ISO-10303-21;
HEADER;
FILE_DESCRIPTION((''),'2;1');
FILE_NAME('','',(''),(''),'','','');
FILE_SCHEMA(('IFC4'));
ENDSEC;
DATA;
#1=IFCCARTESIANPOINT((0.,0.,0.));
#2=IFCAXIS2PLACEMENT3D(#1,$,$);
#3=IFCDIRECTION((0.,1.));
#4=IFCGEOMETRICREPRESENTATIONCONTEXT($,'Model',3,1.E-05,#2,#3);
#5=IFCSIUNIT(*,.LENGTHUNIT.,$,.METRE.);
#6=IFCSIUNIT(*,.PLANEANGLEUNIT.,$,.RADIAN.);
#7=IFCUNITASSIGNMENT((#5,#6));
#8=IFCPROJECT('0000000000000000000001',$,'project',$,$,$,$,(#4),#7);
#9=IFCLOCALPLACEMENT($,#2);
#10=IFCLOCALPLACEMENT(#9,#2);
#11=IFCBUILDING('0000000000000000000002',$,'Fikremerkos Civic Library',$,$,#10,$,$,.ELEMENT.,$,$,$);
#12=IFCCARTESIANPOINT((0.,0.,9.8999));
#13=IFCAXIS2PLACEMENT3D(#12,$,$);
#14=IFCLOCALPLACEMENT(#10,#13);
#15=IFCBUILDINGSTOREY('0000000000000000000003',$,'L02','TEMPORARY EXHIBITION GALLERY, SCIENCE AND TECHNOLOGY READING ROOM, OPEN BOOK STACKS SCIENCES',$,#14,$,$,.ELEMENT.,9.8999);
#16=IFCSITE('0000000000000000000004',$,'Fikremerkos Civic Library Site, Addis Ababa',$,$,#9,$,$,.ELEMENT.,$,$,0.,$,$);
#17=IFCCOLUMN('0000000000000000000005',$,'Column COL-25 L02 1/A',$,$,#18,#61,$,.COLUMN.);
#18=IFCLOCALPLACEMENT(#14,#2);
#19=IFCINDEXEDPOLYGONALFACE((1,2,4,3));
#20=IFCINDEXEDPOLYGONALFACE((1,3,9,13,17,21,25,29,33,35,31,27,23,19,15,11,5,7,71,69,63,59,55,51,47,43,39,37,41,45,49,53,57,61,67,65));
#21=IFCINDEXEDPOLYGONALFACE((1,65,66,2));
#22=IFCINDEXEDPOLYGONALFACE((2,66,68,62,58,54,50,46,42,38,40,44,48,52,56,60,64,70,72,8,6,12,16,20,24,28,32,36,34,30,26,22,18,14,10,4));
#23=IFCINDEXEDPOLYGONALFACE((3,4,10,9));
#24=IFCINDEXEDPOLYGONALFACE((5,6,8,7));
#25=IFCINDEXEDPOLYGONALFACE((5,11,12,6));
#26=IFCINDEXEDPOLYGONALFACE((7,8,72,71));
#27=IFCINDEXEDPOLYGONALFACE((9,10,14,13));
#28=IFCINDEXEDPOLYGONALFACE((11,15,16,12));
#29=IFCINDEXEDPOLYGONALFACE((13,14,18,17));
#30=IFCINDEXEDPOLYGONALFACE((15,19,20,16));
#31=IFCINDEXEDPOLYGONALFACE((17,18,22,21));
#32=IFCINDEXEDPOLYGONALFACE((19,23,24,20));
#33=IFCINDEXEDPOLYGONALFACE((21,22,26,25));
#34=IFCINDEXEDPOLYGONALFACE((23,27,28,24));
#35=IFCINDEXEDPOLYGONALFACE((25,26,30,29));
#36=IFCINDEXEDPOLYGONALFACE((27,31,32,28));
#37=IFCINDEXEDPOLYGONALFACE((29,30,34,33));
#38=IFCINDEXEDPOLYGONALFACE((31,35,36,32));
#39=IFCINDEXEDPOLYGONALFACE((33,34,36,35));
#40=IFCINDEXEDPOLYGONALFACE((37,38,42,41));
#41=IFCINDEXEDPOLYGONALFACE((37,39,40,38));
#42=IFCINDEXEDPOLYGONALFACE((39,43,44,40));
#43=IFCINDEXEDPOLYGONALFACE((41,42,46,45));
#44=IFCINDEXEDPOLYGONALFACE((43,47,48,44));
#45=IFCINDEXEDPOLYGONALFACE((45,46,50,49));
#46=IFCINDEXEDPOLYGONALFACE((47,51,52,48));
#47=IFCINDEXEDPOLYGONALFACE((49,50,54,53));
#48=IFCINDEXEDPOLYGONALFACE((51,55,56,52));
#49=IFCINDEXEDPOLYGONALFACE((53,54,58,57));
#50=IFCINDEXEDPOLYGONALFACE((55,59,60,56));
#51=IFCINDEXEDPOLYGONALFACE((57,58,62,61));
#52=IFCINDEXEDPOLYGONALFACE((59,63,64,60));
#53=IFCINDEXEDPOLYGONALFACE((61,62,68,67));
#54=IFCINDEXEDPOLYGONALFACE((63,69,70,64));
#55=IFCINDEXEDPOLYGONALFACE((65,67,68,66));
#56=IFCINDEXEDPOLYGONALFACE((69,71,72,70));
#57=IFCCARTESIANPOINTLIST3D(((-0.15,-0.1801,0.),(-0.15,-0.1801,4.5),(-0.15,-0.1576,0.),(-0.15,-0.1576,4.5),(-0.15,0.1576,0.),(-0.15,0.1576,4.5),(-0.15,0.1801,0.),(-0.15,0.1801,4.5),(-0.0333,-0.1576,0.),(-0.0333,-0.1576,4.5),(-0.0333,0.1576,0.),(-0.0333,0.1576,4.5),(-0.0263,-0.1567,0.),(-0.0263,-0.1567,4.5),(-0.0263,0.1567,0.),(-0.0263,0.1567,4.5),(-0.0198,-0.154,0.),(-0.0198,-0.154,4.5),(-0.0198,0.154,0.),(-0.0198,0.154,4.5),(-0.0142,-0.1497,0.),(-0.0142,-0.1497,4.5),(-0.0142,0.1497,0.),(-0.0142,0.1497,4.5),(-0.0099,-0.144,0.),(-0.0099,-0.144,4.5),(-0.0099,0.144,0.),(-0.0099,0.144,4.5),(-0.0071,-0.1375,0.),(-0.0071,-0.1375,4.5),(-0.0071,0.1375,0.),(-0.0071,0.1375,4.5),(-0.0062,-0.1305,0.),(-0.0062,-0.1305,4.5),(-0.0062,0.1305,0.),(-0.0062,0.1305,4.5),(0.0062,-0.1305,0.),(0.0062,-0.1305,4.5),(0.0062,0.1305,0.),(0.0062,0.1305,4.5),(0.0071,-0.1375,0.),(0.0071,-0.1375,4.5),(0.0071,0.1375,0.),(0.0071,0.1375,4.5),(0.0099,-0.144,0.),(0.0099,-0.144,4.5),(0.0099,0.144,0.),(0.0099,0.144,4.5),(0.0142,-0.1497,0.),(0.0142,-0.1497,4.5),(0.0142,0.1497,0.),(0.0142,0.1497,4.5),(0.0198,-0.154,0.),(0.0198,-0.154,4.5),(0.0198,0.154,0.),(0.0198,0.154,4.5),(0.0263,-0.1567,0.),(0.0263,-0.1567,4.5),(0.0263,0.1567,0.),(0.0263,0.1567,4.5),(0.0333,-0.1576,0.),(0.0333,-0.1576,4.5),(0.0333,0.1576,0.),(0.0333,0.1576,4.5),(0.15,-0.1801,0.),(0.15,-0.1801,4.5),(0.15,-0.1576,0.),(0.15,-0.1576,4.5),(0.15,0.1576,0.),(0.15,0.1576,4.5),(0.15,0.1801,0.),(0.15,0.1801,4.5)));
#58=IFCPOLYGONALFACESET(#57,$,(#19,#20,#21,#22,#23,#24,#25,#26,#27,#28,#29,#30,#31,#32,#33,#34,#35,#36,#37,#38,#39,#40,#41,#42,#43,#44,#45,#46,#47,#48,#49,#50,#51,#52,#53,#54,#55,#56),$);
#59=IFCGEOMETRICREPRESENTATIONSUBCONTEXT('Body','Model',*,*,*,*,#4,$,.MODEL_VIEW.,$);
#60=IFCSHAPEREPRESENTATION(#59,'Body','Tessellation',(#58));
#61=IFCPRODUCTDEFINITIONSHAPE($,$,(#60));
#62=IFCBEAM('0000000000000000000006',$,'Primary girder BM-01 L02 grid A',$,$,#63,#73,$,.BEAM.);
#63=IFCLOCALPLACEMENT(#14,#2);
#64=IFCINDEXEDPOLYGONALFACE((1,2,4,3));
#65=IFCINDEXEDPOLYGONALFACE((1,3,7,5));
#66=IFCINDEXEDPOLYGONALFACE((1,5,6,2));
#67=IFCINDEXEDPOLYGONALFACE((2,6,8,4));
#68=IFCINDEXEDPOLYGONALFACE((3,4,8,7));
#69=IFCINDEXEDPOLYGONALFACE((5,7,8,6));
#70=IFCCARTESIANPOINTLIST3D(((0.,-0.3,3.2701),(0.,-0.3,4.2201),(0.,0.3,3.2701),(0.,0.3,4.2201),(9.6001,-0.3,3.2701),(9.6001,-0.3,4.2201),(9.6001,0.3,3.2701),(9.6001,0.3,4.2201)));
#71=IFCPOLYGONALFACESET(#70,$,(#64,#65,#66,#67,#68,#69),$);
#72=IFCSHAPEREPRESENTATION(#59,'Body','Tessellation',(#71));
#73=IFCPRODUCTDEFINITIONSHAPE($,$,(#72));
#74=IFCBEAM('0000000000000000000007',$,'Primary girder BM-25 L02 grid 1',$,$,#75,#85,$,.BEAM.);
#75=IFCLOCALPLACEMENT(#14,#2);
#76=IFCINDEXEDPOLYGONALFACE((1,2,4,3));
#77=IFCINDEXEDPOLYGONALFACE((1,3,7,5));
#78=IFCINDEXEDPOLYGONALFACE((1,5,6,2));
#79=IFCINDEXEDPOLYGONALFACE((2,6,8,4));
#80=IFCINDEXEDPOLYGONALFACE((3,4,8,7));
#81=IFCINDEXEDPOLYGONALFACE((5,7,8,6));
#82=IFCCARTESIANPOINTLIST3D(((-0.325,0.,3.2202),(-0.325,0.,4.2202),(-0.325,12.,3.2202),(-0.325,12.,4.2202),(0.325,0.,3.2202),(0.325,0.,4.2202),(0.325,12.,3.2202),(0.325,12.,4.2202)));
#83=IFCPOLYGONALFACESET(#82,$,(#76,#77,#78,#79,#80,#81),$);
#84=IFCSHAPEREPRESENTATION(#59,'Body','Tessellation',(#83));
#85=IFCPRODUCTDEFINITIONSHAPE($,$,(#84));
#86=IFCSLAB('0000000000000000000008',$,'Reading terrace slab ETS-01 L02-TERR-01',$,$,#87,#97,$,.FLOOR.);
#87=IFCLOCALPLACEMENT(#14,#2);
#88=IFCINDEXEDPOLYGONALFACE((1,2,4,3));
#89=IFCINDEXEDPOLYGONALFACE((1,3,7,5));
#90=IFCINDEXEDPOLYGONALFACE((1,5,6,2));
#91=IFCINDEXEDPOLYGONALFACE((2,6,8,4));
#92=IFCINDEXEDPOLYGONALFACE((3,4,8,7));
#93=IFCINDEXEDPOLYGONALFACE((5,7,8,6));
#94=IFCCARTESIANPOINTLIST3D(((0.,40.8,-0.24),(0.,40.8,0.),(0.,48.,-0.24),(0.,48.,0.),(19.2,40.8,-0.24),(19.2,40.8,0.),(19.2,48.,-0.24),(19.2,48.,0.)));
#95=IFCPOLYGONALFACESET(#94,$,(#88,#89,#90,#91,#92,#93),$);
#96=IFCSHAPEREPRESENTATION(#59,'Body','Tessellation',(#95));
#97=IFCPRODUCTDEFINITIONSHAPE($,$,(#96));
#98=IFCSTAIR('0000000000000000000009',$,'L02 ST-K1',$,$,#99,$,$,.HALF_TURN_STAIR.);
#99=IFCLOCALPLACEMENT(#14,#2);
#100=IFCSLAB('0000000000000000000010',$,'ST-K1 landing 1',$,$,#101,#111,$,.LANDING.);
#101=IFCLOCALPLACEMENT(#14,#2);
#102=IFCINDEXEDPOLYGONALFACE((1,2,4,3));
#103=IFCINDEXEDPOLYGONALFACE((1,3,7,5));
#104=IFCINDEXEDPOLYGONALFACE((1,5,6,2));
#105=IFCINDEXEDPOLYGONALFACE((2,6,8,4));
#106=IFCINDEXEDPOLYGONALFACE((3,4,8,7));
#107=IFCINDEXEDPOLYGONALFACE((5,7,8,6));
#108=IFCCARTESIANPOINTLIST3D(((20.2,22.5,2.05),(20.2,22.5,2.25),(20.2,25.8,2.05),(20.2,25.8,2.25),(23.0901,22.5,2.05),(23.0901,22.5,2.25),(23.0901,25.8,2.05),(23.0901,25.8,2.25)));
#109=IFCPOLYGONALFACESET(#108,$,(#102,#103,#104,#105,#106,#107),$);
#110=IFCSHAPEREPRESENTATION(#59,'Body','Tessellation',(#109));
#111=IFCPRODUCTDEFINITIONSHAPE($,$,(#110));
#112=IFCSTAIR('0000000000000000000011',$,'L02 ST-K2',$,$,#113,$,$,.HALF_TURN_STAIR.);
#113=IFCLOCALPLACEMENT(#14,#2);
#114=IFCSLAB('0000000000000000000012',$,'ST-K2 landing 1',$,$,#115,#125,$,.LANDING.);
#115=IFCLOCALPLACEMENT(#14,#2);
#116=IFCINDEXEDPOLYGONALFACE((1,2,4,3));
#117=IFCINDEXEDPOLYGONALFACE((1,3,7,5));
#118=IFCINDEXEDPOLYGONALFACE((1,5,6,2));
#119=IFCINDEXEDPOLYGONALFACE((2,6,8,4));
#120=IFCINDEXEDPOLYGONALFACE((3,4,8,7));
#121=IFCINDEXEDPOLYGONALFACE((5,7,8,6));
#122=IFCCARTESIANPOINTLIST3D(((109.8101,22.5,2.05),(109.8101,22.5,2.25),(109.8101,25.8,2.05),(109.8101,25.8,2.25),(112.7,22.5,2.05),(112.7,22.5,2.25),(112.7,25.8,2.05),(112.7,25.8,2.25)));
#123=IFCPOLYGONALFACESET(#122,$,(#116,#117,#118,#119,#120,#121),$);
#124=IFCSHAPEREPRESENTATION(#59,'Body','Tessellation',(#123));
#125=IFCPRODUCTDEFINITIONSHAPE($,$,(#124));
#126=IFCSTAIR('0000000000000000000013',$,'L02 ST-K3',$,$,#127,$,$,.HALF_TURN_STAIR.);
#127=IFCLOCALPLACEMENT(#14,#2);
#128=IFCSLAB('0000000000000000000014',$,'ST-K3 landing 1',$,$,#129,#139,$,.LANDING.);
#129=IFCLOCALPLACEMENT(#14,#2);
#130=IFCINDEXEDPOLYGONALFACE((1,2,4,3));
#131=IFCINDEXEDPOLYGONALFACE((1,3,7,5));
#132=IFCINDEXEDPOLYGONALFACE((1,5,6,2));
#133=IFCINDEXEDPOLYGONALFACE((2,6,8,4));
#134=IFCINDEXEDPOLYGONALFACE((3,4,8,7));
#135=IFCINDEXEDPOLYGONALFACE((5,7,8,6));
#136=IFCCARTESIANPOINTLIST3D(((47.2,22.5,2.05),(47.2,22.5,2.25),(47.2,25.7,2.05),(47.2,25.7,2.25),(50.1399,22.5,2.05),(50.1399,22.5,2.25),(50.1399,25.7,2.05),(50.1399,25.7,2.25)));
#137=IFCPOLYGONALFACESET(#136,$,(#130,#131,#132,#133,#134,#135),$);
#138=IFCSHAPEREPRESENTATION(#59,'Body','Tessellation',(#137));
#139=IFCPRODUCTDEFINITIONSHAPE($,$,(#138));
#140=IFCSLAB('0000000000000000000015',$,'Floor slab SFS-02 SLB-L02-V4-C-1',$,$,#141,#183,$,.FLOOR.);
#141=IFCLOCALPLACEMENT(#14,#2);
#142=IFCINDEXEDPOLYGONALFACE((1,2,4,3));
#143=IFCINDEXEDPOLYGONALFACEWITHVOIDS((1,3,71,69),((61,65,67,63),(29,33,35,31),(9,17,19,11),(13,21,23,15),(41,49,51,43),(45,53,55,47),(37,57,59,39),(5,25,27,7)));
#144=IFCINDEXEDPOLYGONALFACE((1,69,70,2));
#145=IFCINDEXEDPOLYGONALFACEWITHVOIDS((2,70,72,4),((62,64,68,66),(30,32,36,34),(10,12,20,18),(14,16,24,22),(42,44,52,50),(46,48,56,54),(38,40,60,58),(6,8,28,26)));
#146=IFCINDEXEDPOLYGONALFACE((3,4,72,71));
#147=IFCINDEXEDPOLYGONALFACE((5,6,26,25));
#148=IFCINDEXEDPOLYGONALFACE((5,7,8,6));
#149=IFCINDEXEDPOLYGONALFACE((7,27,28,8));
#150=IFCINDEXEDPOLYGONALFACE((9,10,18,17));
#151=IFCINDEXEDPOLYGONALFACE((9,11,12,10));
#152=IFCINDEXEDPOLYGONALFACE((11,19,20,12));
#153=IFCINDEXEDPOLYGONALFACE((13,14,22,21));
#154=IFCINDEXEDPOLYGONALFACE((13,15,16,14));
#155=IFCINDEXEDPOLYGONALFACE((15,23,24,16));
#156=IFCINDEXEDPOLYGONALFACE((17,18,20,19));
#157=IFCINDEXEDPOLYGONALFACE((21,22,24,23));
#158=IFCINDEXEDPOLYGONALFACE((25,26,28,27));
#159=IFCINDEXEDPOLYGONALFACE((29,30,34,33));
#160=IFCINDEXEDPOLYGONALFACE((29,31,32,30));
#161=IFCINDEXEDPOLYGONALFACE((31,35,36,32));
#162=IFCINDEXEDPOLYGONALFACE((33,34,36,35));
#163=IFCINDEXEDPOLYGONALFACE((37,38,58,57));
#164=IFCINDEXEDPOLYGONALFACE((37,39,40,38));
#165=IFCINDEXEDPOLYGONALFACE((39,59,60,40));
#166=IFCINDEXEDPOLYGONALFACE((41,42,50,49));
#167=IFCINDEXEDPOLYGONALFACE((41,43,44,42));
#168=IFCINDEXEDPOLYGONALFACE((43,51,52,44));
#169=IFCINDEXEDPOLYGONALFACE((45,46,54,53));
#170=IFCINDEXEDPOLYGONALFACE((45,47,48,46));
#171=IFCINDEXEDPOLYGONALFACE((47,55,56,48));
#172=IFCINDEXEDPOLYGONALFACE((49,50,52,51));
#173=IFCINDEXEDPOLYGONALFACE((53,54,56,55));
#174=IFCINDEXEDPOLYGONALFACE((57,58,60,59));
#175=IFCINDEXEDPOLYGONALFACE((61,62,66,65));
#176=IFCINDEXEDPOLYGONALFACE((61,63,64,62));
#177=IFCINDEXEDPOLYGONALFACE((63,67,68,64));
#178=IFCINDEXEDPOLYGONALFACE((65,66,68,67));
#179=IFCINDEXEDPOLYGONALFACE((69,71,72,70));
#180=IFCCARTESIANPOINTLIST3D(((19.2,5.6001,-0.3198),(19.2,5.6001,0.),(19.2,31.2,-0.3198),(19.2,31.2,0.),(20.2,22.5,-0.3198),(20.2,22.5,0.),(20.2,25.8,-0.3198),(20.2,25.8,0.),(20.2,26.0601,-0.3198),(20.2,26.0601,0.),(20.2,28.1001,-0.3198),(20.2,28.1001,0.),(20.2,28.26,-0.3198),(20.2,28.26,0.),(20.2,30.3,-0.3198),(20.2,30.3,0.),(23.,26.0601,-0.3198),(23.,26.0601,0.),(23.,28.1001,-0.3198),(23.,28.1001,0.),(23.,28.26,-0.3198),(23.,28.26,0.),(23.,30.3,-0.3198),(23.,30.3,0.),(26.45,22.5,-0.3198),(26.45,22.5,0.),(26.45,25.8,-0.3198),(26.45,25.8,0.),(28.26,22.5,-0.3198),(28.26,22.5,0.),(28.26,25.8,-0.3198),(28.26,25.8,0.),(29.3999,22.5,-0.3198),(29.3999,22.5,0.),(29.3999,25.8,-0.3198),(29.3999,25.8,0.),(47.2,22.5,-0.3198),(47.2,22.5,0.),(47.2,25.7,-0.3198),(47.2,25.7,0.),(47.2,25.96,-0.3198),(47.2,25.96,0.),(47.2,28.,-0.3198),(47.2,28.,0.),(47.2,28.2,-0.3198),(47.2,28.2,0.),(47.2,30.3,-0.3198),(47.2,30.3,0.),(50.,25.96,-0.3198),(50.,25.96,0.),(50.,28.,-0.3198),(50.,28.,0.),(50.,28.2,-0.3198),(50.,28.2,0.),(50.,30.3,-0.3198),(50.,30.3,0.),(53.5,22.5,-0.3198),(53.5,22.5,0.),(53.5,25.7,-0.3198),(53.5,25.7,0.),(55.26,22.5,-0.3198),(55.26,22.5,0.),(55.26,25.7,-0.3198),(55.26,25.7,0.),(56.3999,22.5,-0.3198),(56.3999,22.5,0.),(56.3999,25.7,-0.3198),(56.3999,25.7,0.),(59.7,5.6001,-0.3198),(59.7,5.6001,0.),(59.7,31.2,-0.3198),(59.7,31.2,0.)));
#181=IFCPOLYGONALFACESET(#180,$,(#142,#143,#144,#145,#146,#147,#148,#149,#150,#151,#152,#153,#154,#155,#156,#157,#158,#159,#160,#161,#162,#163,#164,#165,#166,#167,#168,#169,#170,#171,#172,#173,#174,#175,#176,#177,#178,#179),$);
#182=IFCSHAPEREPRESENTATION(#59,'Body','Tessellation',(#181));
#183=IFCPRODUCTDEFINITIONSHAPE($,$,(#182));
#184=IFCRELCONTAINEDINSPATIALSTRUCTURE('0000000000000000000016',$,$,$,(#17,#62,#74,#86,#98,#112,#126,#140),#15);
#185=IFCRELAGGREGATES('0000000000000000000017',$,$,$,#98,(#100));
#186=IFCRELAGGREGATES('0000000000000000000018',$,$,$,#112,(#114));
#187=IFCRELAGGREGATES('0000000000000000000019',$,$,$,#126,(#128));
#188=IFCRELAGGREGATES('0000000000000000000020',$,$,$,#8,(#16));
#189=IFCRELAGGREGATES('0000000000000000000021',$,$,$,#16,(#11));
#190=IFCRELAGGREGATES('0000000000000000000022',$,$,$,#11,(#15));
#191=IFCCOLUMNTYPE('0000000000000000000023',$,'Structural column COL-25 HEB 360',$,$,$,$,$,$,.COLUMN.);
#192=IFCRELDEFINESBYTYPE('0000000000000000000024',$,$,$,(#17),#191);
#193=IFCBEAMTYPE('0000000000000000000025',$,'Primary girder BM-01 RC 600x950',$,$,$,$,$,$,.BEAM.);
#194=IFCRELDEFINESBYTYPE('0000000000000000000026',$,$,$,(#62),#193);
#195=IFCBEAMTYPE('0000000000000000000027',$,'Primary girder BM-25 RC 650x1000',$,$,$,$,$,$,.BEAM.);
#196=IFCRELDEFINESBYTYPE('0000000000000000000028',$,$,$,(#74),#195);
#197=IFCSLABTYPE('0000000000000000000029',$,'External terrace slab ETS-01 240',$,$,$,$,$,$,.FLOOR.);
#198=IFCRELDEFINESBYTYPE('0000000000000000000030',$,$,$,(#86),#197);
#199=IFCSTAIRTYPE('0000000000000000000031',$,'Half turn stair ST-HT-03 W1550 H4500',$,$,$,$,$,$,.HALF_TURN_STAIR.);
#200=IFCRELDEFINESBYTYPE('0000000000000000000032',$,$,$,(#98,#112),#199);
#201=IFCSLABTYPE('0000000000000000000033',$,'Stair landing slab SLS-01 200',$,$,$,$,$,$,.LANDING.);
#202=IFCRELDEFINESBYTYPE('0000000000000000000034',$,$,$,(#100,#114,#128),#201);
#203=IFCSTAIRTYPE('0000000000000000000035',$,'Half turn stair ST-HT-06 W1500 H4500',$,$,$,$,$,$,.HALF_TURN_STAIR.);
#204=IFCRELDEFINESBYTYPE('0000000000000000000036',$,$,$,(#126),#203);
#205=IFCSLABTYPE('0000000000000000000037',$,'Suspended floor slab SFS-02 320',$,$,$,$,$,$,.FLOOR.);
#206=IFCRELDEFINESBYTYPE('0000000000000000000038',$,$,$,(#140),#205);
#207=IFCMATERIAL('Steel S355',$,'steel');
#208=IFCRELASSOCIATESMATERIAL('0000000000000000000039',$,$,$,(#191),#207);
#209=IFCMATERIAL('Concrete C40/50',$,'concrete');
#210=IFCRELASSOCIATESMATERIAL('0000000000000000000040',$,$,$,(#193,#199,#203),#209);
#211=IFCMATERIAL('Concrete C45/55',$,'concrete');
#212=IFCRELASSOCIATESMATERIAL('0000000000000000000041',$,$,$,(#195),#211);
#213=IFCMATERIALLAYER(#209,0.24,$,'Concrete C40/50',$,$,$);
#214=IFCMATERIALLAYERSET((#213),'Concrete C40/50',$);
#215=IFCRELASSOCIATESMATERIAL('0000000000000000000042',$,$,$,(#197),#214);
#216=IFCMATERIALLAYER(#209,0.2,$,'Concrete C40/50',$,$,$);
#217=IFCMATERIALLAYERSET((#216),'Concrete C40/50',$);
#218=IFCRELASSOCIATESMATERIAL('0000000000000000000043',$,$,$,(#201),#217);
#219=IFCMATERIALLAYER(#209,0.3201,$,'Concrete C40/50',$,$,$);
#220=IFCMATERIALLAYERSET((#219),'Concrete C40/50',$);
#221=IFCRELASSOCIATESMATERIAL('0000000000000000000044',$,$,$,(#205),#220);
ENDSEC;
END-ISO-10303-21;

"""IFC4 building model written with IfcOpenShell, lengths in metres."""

from ifc_helpers import new_model, si_unit, direction, frame, origin, origin_with_axes, origin_2d, place, context, subcontext, project, spatial, polyline, rectangle, i_section, outline, extrude, material, layer, layer_set, material_profile, profile_set, type_object, element, aggregate, save


model = new_model("IFC4")

# Units and contexts
model_context = context("Model", 3, precision=1e-05, world=origin(), true_north=direction((0.0, 1.0)))
body_context = subcontext(model_context, "Body", "Model", "MODEL_VIEW")
ifc_project = project(units=[si_unit("LENGTHUNIT", "METRE"), si_unit("PLANEANGLEUNIT", "RADIAN")], contexts=[model_context])

# Site, building, storey
site_placement = place(None, origin())
site = spatial("IfcSite", under=ifc_project, at=site_placement, Name="Fikremerkos Civic Library Site, Addis Ababa", CompositionType="ELEMENT", RefElevation=0.0)
building_placement = place(site_placement, origin())
building = spatial("IfcBuilding", under=site, at=building_placement, Name="Fikremerkos Civic Library", CompositionType="ELEMENT")
storey_placement = place(building_placement, frame((0.0, 0.0, 9.8999)))
storey = spatial("IfcBuildingStorey", under=building, at=storey_placement, Name="L02", Description="TEMPORARY EXHIBITION GALLERY, SCIENCE AND TECHNOLOGY READING ROOM, OPEN BOOK STACKS SCIENCES", CompositionType="ELEMENT", Elevation=9.8999)

# Column
ifc_material_1 = material(Name="Steel S355", Category="steel")
ifc_material_profile_1 = material_profile(ifc_material_1, i_section(OverallWidth=0.3, OverallDepth=0.3601, WebThickness=0.0125, FlangeThickness=0.0225, FilletRadius=0.0271, at=origin_2d()), Name="HEB 360")
ifc_profile_set_1 = profile_set([ifc_material_profile_1], Name="Steel S355")
column_type = type_object("IfcColumnType", Name="Structural column COL-25 HEB 360", PredefinedType="COLUMN", material=ifc_profile_set_1)
column_placement = place(storey_placement, origin_with_axes())
element("IfcColumn", 1, at=column_placement, inside=storey, type_object=column_type, Name="Column COL-25 L02 1/A", PredefinedType="COLUMN", context=body_context, shape_type="SweptSolid", body=[
    extrude(i_section(OverallWidth=0.3, OverallDepth=0.3601, WebThickness=0.0125, FlangeThickness=0.0225, FilletRadius=0.0271, at=origin_2d()), origin(), (0.0, 0.0, 1.0), 4.5),
])

# Beams
ifc_material_2 = material(Name="Concrete C40/50", Category="concrete")
ifc_material_profile_2 = material_profile(ifc_material_2, rectangle(XDim=0.6001, YDim=0.95, at=origin_2d()), Name="RC 600x950")
ifc_profile_set_2 = profile_set([ifc_material_profile_2], Name="Concrete C40/50")
beam_type_1 = type_object("IfcBeamType", Name="Primary girder BM-01 RC 600x950", PredefinedType="BEAM", material=ifc_profile_set_2)
beam_1_placement = place(storey_placement, frame((0.0, 0.0, 3.7451), z_axis=(1.0, 0.0, 0.0), x_axis=(0.0, 1.0, 0.0)))
element("IfcBeam", 2, at=beam_1_placement, inside=storey, type_object=beam_type_1, Name="Primary girder BM-01 L02 grid A", PredefinedType="BEAM", context=body_context, shape_type="SweptSolid", body=[
    extrude(rectangle(XDim=0.6001, YDim=0.95, at=origin_2d()), origin(), (0.0, 0.0, 1.0), 9.6001),
])
ifc_material_3 = material(Name="Concrete C45/55", Category="concrete")
ifc_material_profile_3 = material_profile(ifc_material_3, rectangle(XDim=0.6499, YDim=1.0, at=origin_2d()), Name="RC 650x1000")
ifc_profile_set_3 = profile_set([ifc_material_profile_3], Name="Concrete C45/55")
beam_type_2 = type_object("IfcBeamType", Name="Primary girder BM-25 RC 650x1000", PredefinedType="BEAM", material=ifc_profile_set_3)
beam_2_placement = place(storey_placement, frame((0.0, 0.0, 3.7202), z_axis=(0.0, 1.0, 0.0), x_axis=(-1.0, 0.0, 0.0)))
element("IfcBeam", 3, at=beam_2_placement, inside=storey, type_object=beam_type_2, Name="Primary girder BM-25 L02 grid 1", PredefinedType="BEAM", context=body_context, shape_type="SweptSolid", body=[
    extrude(rectangle(XDim=0.6499, YDim=1.0, at=origin_2d()), origin(), (0.0, 0.0, 1.0), 12.0),
])

# Slab
ifc_layer_1 = layer(ifc_material_2, 0.24, Name="Concrete C40/50")
ifc_layer_set_1 = layer_set([ifc_layer_1], Name="Concrete C40/50")
slab_type_1 = type_object("IfcSlabType", Name="External terrace slab ETS-01 240", PredefinedType="FLOOR", material=ifc_layer_set_1)
slab_1_placement = place(storey_placement, frame((0.0, 0.0, -0.24)))
element("IfcSlab", 4, at=slab_1_placement, inside=storey, type_object=slab_type_1, Name="Reading terrace slab ETS-01 L02-TERR-01", PredefinedType="FLOOR", context=body_context, shape_type="SweptSolid", body=[
    extrude(outline(polyline([(0.0, 40.8), (19.2, 40.8), (19.2, 48.0), (0.0, 48.0), (0.0, 40.8)])), origin(), (0.0, 0.0, 1.0), 0.24),
])

# Stairs, slabs
stair_type_1 = type_object("IfcStairType", Name="Half turn stair ST-HT-03 W1550 H4500", PredefinedType="HALF_TURN_STAIR", material=ifc_material_2)
stair_1_placement = place(storey_placement, origin())
stair_1 = element("IfcStair", 5, at=stair_1_placement, inside=storey, type_object=stair_type_1, Name="L02 ST-K1", PredefinedType="HALF_TURN_STAIR")
ifc_layer_2 = layer(ifc_material_2, 0.2, Name="Concrete C40/50")
ifc_layer_set_2 = layer_set([ifc_layer_2], Name="Concrete C40/50")
slab_type_2 = type_object("IfcSlabType", Name="Stair landing slab SLS-01 200", PredefinedType="LANDING", material=ifc_layer_set_2)
slab_2_placement = place(storey_placement, frame((0.0, 0.0, 2.05)))
slab_2 = element("IfcSlab", 6, at=slab_2_placement, type_object=slab_type_2, Name="ST-K1 landing 1", PredefinedType="LANDING", context=body_context, shape_type="SweptSolid", body=[
    extrude(outline(polyline([(23.0901, 25.8), (20.2, 25.8), (20.2, 22.5), (23.0901, 22.5), (23.0901, 25.8)])), origin(), (0.0, 0.0, 1.0), 0.2),
])
aggregate(stair_1, [slab_2])
stair_2_placement = place(storey_placement, origin())
stair_2 = element("IfcStair", 7, at=stair_2_placement, inside=storey, type_object=stair_type_1, Name="L02 ST-K2", PredefinedType="HALF_TURN_STAIR")
slab_3_placement = place(storey_placement, frame((0.0, 0.0, 2.05)))
slab_3 = element("IfcSlab", 8, at=slab_3_placement, type_object=slab_type_2, Name="ST-K2 landing 1", PredefinedType="LANDING", context=body_context, shape_type="SweptSolid", body=[
    extrude(outline(polyline([(109.8101, 22.5), (112.7, 22.5), (112.7, 25.8), (109.8101, 25.8), (109.8101, 22.5)])), origin(), (0.0, 0.0, 1.0), 0.2),
])
aggregate(stair_2, [slab_3])
stair_type_2 = type_object("IfcStairType", Name="Half turn stair ST-HT-06 W1500 H4500", PredefinedType="HALF_TURN_STAIR", material=ifc_material_2)
stair_3_placement = place(storey_placement, origin())
stair_3 = element("IfcStair", 9, at=stair_3_placement, inside=storey, type_object=stair_type_2, Name="L02 ST-K3", PredefinedType="HALF_TURN_STAIR")
slab_4_placement = place(storey_placement, frame((0.0, 0.0, 2.05)))
slab_4 = element("IfcSlab", 10, at=slab_4_placement, type_object=slab_type_2, Name="ST-K3 landing 1", PredefinedType="LANDING", context=body_context, shape_type="SweptSolid", body=[
    extrude(outline(polyline([(50.1399, 25.7), (47.2, 25.7), (47.2, 22.5), (50.1399, 22.5), (50.1399, 25.7)])), origin(), (0.0, 0.0, 1.0), 0.2),
])
aggregate(stair_3, [slab_4])

# Slab
ifc_layer_3 = layer(ifc_material_2, 0.3201, Name="Concrete C40/50")
ifc_layer_set_3 = layer_set([ifc_layer_3], Name="Concrete C40/50")
slab_type_3 = type_object("IfcSlabType", Name="Suspended floor slab SFS-02 320", PredefinedType="FLOOR", material=ifc_layer_set_3)
slab_5_placement = place(storey_placement, frame((0.0, 0.0, -0.3198)))
element("IfcSlab", 11, at=slab_5_placement, inside=storey, type_object=slab_type_3, Name="Floor slab SFS-02 SLB-L02-V4-C-1", PredefinedType="FLOOR", context=body_context, shape_type="SweptSolid", body=[
    extrude(outline(polyline([(19.2, 5.6001), (59.7, 5.6001), (59.7, 31.2), (19.2, 31.2), (19.2, 5.6001)]), holes=[polyline([(20.2, 22.5), (26.45, 22.5), (26.45, 25.8), (20.2, 25.8), (20.2, 22.5)]), polyline([(20.2, 26.0601), (23.0, 26.0601), (23.0, 28.1001), (20.2, 28.1001), (20.2, 26.0601)]), polyline([(20.2, 28.26), (23.0, 28.26), (23.0, 30.3), (20.2, 30.3), (20.2, 28.26)]), polyline([(28.26, 22.5), (29.3999, 22.5), (29.3999, 25.8), (28.26, 25.8), (28.26, 22.5)]), polyline([(47.2, 22.5), (53.5, 22.5), (53.5, 25.7), (47.2, 25.7), (47.2, 22.5)]), polyline([(47.2, 25.96), (50.0, 25.96), (50.0, 28.0), (47.2, 28.0), (47.2, 25.96)]), polyline([(47.2, 28.2), (50.0, 28.2), (50.0, 30.3), (47.2, 30.3), (47.2, 28.2)]), polyline([(55.26, 22.5), (56.3999, 22.5), (56.3999, 25.7), (55.26, 25.7), (55.26, 22.5)])]), origin(), (0.0, 0.0, 1.0), 0.3198),
])

save(model, "model.ifc")
